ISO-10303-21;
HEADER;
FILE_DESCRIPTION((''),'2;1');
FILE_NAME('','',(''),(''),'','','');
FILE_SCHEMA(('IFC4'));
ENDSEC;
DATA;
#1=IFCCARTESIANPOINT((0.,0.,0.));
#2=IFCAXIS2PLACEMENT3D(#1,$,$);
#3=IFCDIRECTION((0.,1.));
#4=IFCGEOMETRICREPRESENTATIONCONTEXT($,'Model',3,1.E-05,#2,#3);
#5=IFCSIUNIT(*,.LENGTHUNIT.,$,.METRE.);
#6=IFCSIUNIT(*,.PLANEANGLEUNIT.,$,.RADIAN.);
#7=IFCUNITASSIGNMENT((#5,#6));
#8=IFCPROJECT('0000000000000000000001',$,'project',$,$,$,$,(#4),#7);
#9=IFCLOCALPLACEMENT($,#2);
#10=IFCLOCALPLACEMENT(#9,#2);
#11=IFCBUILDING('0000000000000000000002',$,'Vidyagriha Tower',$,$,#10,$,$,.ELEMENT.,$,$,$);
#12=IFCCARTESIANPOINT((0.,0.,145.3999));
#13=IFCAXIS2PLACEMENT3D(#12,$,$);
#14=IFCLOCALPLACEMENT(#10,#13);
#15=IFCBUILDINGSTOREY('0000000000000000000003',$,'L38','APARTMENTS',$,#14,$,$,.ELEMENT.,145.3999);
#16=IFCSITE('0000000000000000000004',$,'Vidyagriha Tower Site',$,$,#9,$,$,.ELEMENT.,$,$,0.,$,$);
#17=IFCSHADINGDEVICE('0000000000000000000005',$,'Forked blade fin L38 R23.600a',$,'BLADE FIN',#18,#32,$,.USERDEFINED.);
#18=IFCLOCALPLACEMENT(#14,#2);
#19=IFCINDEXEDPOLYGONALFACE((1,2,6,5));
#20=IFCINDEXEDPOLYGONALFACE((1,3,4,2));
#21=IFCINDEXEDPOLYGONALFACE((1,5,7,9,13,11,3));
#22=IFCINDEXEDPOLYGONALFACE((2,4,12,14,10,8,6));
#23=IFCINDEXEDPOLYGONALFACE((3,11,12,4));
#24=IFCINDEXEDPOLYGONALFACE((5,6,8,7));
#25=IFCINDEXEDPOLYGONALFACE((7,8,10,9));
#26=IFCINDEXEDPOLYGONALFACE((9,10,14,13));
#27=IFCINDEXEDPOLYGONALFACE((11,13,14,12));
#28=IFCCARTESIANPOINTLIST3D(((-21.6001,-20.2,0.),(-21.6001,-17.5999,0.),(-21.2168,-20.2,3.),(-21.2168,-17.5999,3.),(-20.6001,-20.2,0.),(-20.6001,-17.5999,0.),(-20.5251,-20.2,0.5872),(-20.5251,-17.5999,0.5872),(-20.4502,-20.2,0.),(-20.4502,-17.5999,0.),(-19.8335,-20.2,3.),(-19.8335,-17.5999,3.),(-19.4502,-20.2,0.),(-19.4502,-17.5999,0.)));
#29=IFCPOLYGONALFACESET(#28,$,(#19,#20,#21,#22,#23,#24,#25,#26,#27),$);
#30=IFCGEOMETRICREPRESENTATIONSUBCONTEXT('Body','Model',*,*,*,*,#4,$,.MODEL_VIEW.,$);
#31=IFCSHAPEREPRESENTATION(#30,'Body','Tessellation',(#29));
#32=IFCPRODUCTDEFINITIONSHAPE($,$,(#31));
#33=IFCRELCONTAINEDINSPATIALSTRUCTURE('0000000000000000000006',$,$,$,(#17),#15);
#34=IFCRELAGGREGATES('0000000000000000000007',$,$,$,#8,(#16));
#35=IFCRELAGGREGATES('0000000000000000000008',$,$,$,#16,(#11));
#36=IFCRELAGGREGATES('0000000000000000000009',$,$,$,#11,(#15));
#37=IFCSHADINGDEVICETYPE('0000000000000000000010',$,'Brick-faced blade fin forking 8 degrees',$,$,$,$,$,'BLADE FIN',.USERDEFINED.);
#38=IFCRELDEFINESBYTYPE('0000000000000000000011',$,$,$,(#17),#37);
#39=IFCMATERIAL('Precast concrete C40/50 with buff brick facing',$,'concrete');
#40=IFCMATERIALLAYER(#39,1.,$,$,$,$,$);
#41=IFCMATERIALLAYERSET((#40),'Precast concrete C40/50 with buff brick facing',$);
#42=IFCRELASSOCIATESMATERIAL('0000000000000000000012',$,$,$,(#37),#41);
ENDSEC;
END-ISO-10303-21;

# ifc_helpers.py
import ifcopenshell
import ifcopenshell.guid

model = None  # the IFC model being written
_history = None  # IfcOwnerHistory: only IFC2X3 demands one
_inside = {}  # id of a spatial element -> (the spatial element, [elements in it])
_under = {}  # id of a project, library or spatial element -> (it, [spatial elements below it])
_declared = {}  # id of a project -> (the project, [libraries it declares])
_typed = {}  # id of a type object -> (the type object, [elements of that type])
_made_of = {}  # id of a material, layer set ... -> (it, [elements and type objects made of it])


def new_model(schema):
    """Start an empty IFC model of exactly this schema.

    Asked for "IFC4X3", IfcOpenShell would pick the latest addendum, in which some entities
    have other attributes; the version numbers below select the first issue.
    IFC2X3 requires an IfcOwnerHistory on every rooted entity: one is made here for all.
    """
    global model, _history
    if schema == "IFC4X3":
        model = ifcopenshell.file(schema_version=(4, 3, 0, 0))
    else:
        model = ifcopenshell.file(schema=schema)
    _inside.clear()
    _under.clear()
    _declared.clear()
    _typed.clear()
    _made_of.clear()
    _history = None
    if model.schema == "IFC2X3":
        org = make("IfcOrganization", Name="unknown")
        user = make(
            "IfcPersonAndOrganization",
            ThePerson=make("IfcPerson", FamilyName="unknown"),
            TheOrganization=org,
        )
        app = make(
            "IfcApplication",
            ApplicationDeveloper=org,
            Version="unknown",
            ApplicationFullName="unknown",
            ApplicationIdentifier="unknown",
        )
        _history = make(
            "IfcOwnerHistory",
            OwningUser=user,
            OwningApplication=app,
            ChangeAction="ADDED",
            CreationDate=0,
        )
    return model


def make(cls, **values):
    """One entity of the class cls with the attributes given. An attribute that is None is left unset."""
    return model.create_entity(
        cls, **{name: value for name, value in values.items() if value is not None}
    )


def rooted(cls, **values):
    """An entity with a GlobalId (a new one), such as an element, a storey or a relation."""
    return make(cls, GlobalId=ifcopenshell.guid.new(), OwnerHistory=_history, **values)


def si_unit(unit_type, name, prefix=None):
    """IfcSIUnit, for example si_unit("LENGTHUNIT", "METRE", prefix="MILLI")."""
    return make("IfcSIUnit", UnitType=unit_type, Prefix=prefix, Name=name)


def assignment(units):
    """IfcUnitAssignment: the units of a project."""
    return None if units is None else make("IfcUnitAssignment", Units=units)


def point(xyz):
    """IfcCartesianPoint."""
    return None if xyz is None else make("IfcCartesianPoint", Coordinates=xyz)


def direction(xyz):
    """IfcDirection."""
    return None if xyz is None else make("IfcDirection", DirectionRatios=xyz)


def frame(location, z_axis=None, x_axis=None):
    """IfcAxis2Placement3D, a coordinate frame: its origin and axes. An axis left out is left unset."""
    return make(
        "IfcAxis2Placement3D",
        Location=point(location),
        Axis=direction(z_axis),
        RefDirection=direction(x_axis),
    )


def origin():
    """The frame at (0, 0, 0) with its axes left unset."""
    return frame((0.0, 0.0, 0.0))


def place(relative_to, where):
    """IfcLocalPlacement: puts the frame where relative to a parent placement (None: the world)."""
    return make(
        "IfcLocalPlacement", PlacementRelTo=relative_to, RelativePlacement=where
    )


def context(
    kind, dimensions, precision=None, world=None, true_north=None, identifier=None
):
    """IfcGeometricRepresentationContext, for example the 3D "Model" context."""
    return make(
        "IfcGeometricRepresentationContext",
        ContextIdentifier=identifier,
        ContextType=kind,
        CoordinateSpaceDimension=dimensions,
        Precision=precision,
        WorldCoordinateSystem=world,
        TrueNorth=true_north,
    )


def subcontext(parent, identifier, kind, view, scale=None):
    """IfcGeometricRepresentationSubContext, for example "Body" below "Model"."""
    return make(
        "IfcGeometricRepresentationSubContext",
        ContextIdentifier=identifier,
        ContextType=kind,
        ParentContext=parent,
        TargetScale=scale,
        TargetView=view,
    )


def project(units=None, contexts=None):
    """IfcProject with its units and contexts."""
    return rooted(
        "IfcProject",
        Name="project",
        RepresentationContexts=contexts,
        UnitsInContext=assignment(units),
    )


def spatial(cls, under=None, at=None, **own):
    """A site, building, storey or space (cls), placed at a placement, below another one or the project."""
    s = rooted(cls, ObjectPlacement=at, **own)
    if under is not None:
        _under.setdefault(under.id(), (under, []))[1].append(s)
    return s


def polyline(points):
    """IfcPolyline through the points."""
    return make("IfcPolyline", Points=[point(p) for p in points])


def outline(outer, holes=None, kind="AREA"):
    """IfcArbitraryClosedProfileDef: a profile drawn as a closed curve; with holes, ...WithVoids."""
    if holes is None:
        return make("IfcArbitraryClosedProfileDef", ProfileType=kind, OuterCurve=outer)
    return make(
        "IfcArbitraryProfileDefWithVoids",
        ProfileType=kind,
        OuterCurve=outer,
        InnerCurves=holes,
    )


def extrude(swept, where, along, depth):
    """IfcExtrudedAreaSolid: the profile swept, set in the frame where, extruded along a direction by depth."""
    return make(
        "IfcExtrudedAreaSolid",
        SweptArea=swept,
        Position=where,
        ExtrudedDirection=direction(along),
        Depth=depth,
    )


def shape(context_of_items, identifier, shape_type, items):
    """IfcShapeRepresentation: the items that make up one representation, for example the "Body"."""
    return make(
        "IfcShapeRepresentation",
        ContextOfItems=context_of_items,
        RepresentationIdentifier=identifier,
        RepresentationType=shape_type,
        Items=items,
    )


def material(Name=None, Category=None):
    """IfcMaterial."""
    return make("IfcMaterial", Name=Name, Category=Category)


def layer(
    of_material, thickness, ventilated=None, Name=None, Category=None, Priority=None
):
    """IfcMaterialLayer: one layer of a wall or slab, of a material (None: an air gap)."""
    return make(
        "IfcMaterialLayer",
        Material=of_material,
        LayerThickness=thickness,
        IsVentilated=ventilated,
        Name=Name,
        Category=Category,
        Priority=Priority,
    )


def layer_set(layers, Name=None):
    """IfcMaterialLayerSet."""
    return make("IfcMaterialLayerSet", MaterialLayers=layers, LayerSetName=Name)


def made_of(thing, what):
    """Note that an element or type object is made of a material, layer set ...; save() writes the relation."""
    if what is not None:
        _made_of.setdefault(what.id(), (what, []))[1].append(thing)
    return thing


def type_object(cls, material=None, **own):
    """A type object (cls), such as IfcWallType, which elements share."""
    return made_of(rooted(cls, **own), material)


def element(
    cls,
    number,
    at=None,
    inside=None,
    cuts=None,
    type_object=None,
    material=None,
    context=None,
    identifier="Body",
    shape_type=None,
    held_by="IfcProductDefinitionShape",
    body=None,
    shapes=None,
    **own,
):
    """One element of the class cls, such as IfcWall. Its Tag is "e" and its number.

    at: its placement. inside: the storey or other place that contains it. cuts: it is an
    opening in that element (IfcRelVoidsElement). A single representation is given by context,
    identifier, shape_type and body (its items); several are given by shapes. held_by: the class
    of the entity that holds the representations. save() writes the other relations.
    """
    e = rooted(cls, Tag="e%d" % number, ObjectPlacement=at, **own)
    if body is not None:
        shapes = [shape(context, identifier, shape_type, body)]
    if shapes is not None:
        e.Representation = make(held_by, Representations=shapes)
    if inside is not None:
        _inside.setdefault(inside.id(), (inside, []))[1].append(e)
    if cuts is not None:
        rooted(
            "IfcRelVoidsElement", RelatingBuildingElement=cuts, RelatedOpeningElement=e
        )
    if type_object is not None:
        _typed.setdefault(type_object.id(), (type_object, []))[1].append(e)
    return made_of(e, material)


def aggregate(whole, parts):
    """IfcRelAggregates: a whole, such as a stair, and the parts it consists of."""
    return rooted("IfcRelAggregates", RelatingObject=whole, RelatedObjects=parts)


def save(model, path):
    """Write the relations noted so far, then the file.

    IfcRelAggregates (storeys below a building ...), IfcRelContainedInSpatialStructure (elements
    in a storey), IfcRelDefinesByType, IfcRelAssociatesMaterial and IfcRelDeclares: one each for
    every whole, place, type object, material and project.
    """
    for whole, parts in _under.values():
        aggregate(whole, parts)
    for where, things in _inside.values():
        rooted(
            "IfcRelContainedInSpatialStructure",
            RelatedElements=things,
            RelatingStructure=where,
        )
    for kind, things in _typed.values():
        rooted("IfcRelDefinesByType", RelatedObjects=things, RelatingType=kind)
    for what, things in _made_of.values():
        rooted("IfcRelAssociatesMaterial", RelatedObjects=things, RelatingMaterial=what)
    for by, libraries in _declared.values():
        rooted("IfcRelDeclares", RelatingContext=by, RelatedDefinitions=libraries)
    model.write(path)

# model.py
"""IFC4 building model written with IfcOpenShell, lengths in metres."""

from ifc_helpers import new_model, si_unit, direction, frame, origin, place, context, subcontext, project, spatial, polyline, outline, extrude, material, layer, layer_set, type_object, element, save


model = new_model("IFC4")

# Units and contexts
model_context = context("Model", 3, precision=1e-05, world=origin(), true_north=direction((0.0, 1.0)))
body_context = subcontext(model_context, "Body", "Model", "MODEL_VIEW")
ifc_project = project(units=[si_unit("LENGTHUNIT", "METRE"), si_unit("PLANEANGLEUNIT", "RADIAN")], contexts=[model_context])

# Site, building, storey
site_placement = place(None, origin())
site = spatial("IfcSite", under=ifc_project, at=site_placement, Name="Vidyagriha Tower Site", CompositionType="ELEMENT", RefElevation=0.0)
building_placement = place(site_placement, origin())
building = spatial("IfcBuilding", under=site, at=building_placement, Name="Vidyagriha Tower", CompositionType="ELEMENT")
storey_placement = place(building_placement, frame((0.0, 0.0, 145.3999)))
storey = spatial("IfcBuildingStorey", under=building, at=storey_placement, Name="L38", Description="APARTMENTS", CompositionType="ELEMENT", Elevation=145.3999)

# Shading device
ifc_material_1 = material(Name="Precast concrete C40/50 with buff brick facing", Category="concrete")
ifc_layer_1 = layer(ifc_material_1, 1.0)
ifc_layer_set_1 = layer_set([ifc_layer_1], Name="Precast concrete C40/50 with buff brick facing")
shading_device_type_1 = type_object("IfcShadingDeviceType", Name="Brick-faced blade fin forking 8 degrees", ElementType="BLADE FIN", PredefinedType="USERDEFINED", material=ifc_layer_set_1)
shading_device_1_placement = place(storey_placement, frame((-21.6001, -18.8999, 0.0)))
element("IfcShadingDevice", 1, at=shading_device_1_placement, inside=storey, type_object=shading_device_type_1, Name="Forked blade fin L38 R23.600a", ObjectType="BLADE FIN", PredefinedType="USERDEFINED", context=body_context, shape_type="SweptSolid", body=[
    extrude(outline(polyline([(1.0, 0.0), (1.075, 0.5872), (1.1499, 0.0), (2.1499, 0.0), (1.7666, 3.0), (0.3833, 3.0), (0.0, 0.0), (1.0, 0.0)])), frame((0.0, 1.3, 0.0), z_axis=(0.0, -1.0, 0.0), x_axis=(1.0, 0.0, 0.0)), (0.0, 0.0, 1.0), 2.6001),
])

save(model, "model.ifc")
